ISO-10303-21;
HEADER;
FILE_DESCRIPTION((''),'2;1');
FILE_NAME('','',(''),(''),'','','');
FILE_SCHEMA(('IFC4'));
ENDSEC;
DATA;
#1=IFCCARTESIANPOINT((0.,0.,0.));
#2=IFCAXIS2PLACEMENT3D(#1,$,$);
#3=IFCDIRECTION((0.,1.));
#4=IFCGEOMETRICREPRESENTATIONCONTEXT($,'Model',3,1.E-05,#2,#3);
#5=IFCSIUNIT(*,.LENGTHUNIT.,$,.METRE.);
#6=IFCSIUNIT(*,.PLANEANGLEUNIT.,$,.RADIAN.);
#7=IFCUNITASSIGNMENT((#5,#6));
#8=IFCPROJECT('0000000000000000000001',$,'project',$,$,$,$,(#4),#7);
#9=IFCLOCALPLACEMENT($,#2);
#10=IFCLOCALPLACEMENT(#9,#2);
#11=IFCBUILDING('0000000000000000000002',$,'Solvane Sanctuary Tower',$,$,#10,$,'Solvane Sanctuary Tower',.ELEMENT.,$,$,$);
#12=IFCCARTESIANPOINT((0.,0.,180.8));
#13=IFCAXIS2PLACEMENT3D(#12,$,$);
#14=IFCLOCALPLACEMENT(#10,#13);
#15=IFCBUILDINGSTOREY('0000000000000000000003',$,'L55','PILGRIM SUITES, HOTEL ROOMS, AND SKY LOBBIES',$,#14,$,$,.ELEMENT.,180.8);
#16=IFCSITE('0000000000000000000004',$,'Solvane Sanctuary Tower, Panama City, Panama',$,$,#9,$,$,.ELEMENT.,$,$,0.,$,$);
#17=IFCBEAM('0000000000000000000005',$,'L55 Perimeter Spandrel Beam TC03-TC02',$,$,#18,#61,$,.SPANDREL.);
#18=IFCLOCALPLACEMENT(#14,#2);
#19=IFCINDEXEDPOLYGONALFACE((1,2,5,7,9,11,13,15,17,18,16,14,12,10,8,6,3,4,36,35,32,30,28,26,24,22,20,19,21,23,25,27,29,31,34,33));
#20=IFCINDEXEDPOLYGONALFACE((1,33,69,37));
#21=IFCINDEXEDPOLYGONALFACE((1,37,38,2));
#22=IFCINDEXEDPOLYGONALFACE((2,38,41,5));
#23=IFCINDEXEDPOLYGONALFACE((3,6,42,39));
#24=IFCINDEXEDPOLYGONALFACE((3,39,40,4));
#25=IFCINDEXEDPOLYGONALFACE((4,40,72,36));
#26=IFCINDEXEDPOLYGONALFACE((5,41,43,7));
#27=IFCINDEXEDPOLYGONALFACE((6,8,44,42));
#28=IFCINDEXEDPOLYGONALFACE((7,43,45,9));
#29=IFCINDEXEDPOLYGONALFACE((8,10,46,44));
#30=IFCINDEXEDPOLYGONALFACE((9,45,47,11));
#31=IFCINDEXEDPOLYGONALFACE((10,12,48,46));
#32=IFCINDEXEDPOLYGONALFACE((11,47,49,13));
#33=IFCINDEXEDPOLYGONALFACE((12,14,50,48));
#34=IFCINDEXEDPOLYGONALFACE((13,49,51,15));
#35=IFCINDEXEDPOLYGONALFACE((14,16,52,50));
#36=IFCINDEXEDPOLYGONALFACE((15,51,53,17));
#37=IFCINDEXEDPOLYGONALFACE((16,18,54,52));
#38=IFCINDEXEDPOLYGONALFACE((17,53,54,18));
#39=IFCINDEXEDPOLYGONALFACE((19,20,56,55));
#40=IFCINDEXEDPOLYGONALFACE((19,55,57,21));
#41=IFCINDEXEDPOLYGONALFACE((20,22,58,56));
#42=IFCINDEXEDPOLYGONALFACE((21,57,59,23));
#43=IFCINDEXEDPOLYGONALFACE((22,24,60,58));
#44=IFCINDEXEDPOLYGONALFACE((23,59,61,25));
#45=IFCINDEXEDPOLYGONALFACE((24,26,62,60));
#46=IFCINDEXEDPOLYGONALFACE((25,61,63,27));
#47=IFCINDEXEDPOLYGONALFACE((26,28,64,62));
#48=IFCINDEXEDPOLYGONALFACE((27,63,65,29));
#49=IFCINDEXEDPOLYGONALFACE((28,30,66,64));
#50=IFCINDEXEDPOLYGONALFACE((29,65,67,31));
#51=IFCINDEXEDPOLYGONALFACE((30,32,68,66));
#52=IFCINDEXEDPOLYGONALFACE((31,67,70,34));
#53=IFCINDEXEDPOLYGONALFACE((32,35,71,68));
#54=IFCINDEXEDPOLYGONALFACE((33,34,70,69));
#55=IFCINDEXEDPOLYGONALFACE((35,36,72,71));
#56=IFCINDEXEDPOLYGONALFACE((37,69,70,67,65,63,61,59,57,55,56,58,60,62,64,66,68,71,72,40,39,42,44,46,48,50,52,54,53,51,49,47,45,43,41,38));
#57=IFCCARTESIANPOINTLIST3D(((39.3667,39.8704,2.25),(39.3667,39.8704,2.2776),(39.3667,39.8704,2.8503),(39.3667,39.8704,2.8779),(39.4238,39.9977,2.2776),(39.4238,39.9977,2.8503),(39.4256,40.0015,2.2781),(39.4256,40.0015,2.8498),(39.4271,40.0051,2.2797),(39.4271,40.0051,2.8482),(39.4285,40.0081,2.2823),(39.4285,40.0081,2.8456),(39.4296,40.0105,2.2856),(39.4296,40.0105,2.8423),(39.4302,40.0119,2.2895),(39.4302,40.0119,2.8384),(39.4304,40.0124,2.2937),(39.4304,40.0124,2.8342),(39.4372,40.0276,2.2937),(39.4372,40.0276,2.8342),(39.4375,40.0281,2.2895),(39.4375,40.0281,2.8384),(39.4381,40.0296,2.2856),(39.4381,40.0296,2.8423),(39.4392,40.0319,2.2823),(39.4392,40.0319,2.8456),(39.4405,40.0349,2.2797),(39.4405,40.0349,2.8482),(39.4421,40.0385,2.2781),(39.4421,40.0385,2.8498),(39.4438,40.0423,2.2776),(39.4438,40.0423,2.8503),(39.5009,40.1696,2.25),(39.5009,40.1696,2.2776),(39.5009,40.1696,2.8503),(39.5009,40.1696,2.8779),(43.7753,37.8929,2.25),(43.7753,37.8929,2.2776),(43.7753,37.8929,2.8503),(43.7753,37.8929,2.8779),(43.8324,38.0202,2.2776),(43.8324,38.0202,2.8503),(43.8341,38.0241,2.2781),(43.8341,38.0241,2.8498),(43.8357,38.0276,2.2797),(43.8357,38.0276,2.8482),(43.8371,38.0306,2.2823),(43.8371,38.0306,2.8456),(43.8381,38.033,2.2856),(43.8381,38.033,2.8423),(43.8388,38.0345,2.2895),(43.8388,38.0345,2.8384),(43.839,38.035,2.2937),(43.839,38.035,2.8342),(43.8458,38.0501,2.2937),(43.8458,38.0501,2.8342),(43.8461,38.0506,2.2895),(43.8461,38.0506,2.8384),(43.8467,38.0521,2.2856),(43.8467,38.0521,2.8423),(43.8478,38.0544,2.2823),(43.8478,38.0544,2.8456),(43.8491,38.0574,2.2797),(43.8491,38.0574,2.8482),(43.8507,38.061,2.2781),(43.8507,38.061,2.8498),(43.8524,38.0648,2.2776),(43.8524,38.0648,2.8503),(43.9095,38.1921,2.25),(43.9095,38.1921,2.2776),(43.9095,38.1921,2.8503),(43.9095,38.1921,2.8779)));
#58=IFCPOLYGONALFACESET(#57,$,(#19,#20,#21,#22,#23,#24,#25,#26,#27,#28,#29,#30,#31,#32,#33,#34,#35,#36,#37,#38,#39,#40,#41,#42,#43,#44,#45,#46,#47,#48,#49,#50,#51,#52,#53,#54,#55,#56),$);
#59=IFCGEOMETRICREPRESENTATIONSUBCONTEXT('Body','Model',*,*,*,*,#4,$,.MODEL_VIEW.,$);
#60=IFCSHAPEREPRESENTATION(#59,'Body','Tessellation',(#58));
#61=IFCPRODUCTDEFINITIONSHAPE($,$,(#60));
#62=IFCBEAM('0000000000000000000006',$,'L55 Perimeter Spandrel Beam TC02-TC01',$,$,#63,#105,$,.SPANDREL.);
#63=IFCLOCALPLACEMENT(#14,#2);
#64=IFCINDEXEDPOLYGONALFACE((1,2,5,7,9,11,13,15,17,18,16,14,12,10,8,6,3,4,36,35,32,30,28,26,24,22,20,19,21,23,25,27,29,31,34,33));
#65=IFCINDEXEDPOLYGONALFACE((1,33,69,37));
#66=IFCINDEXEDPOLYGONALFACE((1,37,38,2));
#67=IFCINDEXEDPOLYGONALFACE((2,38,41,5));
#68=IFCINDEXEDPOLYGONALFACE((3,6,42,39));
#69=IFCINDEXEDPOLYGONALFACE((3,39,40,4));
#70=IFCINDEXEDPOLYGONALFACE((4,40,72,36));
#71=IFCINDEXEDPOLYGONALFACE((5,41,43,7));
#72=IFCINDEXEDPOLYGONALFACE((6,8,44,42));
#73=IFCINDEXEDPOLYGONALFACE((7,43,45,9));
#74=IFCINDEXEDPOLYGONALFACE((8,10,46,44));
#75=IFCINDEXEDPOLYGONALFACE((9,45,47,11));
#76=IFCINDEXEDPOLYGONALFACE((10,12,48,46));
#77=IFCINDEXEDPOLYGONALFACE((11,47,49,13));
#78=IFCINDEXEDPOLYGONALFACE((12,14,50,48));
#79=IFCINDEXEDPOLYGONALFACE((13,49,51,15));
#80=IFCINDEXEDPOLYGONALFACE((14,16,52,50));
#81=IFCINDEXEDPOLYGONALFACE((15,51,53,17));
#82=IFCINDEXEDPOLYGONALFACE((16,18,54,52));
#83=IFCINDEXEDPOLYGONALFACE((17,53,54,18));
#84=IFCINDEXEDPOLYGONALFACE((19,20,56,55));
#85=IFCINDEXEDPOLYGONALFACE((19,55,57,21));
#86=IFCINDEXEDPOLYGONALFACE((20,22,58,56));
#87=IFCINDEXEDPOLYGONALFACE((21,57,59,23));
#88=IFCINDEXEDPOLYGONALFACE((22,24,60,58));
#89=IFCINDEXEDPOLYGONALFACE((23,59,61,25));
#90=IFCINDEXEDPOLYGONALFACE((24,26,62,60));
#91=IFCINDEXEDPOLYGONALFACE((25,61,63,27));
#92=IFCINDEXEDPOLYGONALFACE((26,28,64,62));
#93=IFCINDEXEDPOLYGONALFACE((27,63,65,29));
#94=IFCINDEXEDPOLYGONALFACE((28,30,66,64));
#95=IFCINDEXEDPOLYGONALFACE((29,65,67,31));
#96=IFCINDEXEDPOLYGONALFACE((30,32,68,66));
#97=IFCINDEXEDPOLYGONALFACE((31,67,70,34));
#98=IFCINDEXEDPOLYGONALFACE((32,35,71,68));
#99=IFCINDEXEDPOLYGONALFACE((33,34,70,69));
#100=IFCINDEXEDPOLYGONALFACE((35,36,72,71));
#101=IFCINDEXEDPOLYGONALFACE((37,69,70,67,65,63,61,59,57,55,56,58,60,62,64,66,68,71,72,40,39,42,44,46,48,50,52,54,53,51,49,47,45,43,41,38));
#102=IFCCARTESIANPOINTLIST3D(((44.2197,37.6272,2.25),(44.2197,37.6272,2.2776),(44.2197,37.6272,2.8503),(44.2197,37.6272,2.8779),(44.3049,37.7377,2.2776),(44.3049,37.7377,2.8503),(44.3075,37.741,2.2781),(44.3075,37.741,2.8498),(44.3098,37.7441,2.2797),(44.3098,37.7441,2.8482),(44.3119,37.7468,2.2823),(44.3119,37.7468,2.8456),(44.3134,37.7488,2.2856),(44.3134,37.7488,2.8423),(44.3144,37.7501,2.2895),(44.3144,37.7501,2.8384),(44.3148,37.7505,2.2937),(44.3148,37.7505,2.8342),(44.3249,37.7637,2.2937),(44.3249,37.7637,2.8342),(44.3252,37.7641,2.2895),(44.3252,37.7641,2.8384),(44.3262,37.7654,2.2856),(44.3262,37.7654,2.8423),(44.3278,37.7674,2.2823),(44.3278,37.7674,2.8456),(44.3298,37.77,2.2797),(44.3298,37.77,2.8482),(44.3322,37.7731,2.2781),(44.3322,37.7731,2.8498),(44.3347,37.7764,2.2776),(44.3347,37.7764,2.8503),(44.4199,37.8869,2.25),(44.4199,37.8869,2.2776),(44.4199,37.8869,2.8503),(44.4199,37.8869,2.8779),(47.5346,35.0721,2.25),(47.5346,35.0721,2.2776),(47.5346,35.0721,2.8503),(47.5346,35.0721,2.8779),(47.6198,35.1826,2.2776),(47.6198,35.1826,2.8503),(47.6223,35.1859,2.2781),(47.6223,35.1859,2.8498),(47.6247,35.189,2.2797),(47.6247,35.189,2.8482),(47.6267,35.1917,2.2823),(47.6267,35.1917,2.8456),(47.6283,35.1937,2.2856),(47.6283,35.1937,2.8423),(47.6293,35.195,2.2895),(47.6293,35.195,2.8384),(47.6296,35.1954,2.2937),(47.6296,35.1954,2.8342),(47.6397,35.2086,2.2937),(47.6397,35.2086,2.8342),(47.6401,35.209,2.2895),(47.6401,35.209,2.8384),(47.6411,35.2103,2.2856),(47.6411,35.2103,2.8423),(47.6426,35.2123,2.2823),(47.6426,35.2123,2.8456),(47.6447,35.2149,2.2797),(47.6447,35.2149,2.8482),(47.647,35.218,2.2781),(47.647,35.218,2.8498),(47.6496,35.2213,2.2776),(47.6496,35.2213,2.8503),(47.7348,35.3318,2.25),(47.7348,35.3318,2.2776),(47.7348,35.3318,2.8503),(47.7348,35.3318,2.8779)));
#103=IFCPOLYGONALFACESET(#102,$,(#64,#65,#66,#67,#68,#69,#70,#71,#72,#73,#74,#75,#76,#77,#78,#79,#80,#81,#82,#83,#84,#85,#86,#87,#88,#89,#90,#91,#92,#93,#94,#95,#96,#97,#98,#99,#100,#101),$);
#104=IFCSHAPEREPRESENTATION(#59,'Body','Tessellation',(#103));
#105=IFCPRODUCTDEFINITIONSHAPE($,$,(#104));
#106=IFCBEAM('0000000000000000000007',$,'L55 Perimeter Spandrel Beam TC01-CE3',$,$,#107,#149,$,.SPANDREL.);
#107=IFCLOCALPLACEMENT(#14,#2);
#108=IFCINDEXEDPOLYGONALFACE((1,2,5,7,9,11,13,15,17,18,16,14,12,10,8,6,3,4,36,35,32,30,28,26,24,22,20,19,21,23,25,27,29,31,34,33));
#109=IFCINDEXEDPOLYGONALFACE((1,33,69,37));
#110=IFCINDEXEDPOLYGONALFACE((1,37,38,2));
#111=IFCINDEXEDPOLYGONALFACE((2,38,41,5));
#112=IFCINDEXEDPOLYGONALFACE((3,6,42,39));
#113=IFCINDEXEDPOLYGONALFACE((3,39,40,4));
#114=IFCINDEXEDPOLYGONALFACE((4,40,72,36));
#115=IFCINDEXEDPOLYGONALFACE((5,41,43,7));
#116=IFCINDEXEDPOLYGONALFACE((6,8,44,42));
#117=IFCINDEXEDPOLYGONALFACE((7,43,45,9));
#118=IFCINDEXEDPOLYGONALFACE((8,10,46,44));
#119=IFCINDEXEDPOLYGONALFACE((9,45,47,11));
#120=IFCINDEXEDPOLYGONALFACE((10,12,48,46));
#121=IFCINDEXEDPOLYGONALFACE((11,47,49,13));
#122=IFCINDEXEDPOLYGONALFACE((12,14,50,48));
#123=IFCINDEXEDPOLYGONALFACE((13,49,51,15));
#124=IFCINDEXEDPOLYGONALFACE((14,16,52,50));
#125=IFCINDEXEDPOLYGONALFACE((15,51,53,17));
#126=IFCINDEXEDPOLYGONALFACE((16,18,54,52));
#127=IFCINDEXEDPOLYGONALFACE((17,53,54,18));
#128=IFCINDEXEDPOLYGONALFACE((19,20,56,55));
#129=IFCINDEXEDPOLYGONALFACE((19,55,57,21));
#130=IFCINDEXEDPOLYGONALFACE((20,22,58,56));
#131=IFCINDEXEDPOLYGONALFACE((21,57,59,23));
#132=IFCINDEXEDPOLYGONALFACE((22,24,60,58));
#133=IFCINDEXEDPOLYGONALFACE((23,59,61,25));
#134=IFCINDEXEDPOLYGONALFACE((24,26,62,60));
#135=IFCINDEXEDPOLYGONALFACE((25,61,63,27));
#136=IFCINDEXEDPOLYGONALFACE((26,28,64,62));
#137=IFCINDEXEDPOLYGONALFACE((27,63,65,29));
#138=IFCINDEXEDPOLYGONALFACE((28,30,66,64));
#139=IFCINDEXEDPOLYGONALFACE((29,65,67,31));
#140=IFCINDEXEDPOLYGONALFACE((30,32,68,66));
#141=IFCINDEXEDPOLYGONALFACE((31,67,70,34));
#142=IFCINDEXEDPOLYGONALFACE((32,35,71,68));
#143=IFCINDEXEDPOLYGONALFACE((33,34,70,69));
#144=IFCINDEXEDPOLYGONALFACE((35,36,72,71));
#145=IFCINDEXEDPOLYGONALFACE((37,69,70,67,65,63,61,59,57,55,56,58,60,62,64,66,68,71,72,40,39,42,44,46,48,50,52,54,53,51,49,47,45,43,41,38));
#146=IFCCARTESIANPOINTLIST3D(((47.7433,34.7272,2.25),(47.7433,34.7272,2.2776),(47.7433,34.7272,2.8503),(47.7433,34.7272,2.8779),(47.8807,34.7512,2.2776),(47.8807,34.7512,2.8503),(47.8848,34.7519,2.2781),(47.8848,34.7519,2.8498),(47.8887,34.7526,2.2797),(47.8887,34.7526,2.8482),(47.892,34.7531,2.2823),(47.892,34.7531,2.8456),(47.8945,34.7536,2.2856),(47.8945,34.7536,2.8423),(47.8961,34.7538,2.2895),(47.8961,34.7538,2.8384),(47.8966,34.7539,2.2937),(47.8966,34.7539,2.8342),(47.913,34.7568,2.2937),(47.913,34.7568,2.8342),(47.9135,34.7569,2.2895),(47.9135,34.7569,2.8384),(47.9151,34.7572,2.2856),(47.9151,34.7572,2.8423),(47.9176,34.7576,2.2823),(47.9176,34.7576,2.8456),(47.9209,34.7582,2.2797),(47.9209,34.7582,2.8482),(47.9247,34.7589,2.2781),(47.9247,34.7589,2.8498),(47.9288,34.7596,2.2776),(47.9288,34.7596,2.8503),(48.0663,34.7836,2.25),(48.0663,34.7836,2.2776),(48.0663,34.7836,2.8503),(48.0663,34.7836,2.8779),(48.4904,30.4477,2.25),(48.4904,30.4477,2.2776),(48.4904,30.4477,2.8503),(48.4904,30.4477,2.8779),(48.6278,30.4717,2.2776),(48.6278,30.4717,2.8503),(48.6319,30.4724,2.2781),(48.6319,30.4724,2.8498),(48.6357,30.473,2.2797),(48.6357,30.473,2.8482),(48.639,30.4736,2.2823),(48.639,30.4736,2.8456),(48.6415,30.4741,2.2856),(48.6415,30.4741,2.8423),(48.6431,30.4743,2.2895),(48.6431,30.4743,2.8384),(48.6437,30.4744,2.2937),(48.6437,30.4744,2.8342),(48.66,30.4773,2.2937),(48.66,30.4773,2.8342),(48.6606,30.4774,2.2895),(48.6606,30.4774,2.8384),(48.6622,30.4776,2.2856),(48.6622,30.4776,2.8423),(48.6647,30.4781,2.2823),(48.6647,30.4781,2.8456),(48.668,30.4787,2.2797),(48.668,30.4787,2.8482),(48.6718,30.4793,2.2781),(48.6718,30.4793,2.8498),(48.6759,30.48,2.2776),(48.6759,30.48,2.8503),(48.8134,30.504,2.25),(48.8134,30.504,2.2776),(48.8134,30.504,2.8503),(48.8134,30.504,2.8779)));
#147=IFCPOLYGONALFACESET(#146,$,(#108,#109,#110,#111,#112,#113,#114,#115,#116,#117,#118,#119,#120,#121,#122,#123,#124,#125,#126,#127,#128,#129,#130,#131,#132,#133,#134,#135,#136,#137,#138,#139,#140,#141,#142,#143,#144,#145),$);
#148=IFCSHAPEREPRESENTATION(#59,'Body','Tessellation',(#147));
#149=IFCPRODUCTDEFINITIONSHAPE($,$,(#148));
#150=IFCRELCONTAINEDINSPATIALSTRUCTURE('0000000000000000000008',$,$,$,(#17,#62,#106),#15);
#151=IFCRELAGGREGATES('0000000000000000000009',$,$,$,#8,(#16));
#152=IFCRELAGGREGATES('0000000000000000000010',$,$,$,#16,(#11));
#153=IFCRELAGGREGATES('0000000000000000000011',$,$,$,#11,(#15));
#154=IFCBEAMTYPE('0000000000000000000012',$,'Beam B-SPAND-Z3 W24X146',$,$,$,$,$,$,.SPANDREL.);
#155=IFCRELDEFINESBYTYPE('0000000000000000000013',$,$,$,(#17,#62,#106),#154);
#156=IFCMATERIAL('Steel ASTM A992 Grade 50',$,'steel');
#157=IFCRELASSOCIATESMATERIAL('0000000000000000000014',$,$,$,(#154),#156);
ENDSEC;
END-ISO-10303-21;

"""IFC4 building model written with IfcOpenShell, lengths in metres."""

from ifc_helpers import new_model, si_unit, direction, frame, origin, origin_2d, place, context, subcontext, project, spatial, i_section, extrude, material, material_profile, profile_set, type_object, element, save


model = new_model("IFC4")

# Units and contexts
model_context = context("Model", 3, precision=1e-05, world=origin(), true_north=direction((0.0, 1.0)))
body_context = subcontext(model_context, "Body", "Model", "MODEL_VIEW")
ifc_project = project(units=[si_unit("LENGTHUNIT", "METRE"), si_unit("PLANEANGLEUNIT", "RADIAN")], contexts=[model_context])

# Site, building, storey
site_placement = place(None, origin())
site = spatial("IfcSite", under=ifc_project, at=site_placement, Name="Solvane Sanctuary Tower, Panama City, Panama", CompositionType="ELEMENT", RefElevation=0.0)
building_placement = place(site_placement, origin())
building = spatial("IfcBuilding", under=site, at=building_placement, Name="Solvane Sanctuary Tower", LongName="Solvane Sanctuary Tower", CompositionType="ELEMENT")
storey_placement = place(building_placement, frame((0.0, 0.0, 180.8)))
storey = spatial("IfcBuildingStorey", under=building, at=storey_placement, Name="L55", Description="PILGRIM SUITES, HOTEL ROOMS, AND SKY LOBBIES", CompositionType="ELEMENT", Elevation=180.8)

# Beams
ifc_material_1 = material(Name="Steel ASTM A992 Grade 50", Category="steel")
ifc_material_profile_1 = material_profile(ifc_material_1, i_section(OverallWidth=0.3279, OverallDepth=0.6279, WebThickness=0.0166, FlangeThickness=0.0276, FilletRadius=0.0161, at=origin_2d()), Name="W24X146")
ifc_profile_set_1 = profile_set([ifc_material_profile_1], Name="Steel ASTM A992 Grade 50")
beam_type_1 = type_object("IfcBeamType", Name="Beam B-SPAND-Z3 W24X146", PredefinedType="SPANDREL", material=ifc_profile_set_1)
beam_1_placement = place(storey_placement, frame((39.4338, 40.02, 2.564), z_axis=(0.912414, -0.409268, 0.0), x_axis=(0.409268, 0.912414, 0.0)))
element("IfcBeam", 1, at=beam_1_placement, inside=storey, type_object=beam_type_1, Name="L55 Perimeter Spandrel Beam TC03-TC02", PredefinedType="SPANDREL", context=body_context, shape_type="SweptSolid", body=[
    extrude(i_section(OverallWidth=0.3279, OverallDepth=0.6279, WebThickness=0.0166, FlangeThickness=0.0276, FilletRadius=0.0161, at=origin_2d()), origin(), (0.0, 0.0, 1.0), 4.8318),
])
beam_2_placement = place(storey_placement, frame((44.3198, 37.7571, 2.564), z_axis=(0.792021, -0.610494, 0.0), x_axis=(0.610494, 0.792021, 0.0)))
element("IfcBeam", 2, at=beam_2_placement, inside=storey, type_object=beam_type_1, Name="L55 Perimeter Spandrel Beam TC02-TC01", PredefinedType="SPANDREL", context=body_context, shape_type="SweptSolid", body=[
    extrude(i_section(OverallWidth=0.3279, OverallDepth=0.6279, WebThickness=0.0166, FlangeThickness=0.0276, FilletRadius=0.0161, at=origin_2d()), origin(), (0.0, 0.0, 1.0), 4.1853),
])
beam_3_placement = place(storey_placement, frame((47.9048, 34.7554, 2.564), z_axis=(0.171967, -0.985103, 0.0), x_axis=(0.985103, 0.171967, 0.0)))
element("IfcBeam", 3, at=beam_3_placement, inside=storey, type_object=beam_type_1, Name="L55 Perimeter Spandrel Beam TC01-CE3", PredefinedType="SPANDREL", context=body_context, shape_type="SweptSolid", body=[
    extrude(i_section(OverallWidth=0.3279, OverallDepth=0.6279, WebThickness=0.0166, FlangeThickness=0.0276, FilletRadius=0.0161, at=origin_2d()), origin(), (0.0, 0.0, 1.0), 4.3442),
])

save(model, "model.ifc")
